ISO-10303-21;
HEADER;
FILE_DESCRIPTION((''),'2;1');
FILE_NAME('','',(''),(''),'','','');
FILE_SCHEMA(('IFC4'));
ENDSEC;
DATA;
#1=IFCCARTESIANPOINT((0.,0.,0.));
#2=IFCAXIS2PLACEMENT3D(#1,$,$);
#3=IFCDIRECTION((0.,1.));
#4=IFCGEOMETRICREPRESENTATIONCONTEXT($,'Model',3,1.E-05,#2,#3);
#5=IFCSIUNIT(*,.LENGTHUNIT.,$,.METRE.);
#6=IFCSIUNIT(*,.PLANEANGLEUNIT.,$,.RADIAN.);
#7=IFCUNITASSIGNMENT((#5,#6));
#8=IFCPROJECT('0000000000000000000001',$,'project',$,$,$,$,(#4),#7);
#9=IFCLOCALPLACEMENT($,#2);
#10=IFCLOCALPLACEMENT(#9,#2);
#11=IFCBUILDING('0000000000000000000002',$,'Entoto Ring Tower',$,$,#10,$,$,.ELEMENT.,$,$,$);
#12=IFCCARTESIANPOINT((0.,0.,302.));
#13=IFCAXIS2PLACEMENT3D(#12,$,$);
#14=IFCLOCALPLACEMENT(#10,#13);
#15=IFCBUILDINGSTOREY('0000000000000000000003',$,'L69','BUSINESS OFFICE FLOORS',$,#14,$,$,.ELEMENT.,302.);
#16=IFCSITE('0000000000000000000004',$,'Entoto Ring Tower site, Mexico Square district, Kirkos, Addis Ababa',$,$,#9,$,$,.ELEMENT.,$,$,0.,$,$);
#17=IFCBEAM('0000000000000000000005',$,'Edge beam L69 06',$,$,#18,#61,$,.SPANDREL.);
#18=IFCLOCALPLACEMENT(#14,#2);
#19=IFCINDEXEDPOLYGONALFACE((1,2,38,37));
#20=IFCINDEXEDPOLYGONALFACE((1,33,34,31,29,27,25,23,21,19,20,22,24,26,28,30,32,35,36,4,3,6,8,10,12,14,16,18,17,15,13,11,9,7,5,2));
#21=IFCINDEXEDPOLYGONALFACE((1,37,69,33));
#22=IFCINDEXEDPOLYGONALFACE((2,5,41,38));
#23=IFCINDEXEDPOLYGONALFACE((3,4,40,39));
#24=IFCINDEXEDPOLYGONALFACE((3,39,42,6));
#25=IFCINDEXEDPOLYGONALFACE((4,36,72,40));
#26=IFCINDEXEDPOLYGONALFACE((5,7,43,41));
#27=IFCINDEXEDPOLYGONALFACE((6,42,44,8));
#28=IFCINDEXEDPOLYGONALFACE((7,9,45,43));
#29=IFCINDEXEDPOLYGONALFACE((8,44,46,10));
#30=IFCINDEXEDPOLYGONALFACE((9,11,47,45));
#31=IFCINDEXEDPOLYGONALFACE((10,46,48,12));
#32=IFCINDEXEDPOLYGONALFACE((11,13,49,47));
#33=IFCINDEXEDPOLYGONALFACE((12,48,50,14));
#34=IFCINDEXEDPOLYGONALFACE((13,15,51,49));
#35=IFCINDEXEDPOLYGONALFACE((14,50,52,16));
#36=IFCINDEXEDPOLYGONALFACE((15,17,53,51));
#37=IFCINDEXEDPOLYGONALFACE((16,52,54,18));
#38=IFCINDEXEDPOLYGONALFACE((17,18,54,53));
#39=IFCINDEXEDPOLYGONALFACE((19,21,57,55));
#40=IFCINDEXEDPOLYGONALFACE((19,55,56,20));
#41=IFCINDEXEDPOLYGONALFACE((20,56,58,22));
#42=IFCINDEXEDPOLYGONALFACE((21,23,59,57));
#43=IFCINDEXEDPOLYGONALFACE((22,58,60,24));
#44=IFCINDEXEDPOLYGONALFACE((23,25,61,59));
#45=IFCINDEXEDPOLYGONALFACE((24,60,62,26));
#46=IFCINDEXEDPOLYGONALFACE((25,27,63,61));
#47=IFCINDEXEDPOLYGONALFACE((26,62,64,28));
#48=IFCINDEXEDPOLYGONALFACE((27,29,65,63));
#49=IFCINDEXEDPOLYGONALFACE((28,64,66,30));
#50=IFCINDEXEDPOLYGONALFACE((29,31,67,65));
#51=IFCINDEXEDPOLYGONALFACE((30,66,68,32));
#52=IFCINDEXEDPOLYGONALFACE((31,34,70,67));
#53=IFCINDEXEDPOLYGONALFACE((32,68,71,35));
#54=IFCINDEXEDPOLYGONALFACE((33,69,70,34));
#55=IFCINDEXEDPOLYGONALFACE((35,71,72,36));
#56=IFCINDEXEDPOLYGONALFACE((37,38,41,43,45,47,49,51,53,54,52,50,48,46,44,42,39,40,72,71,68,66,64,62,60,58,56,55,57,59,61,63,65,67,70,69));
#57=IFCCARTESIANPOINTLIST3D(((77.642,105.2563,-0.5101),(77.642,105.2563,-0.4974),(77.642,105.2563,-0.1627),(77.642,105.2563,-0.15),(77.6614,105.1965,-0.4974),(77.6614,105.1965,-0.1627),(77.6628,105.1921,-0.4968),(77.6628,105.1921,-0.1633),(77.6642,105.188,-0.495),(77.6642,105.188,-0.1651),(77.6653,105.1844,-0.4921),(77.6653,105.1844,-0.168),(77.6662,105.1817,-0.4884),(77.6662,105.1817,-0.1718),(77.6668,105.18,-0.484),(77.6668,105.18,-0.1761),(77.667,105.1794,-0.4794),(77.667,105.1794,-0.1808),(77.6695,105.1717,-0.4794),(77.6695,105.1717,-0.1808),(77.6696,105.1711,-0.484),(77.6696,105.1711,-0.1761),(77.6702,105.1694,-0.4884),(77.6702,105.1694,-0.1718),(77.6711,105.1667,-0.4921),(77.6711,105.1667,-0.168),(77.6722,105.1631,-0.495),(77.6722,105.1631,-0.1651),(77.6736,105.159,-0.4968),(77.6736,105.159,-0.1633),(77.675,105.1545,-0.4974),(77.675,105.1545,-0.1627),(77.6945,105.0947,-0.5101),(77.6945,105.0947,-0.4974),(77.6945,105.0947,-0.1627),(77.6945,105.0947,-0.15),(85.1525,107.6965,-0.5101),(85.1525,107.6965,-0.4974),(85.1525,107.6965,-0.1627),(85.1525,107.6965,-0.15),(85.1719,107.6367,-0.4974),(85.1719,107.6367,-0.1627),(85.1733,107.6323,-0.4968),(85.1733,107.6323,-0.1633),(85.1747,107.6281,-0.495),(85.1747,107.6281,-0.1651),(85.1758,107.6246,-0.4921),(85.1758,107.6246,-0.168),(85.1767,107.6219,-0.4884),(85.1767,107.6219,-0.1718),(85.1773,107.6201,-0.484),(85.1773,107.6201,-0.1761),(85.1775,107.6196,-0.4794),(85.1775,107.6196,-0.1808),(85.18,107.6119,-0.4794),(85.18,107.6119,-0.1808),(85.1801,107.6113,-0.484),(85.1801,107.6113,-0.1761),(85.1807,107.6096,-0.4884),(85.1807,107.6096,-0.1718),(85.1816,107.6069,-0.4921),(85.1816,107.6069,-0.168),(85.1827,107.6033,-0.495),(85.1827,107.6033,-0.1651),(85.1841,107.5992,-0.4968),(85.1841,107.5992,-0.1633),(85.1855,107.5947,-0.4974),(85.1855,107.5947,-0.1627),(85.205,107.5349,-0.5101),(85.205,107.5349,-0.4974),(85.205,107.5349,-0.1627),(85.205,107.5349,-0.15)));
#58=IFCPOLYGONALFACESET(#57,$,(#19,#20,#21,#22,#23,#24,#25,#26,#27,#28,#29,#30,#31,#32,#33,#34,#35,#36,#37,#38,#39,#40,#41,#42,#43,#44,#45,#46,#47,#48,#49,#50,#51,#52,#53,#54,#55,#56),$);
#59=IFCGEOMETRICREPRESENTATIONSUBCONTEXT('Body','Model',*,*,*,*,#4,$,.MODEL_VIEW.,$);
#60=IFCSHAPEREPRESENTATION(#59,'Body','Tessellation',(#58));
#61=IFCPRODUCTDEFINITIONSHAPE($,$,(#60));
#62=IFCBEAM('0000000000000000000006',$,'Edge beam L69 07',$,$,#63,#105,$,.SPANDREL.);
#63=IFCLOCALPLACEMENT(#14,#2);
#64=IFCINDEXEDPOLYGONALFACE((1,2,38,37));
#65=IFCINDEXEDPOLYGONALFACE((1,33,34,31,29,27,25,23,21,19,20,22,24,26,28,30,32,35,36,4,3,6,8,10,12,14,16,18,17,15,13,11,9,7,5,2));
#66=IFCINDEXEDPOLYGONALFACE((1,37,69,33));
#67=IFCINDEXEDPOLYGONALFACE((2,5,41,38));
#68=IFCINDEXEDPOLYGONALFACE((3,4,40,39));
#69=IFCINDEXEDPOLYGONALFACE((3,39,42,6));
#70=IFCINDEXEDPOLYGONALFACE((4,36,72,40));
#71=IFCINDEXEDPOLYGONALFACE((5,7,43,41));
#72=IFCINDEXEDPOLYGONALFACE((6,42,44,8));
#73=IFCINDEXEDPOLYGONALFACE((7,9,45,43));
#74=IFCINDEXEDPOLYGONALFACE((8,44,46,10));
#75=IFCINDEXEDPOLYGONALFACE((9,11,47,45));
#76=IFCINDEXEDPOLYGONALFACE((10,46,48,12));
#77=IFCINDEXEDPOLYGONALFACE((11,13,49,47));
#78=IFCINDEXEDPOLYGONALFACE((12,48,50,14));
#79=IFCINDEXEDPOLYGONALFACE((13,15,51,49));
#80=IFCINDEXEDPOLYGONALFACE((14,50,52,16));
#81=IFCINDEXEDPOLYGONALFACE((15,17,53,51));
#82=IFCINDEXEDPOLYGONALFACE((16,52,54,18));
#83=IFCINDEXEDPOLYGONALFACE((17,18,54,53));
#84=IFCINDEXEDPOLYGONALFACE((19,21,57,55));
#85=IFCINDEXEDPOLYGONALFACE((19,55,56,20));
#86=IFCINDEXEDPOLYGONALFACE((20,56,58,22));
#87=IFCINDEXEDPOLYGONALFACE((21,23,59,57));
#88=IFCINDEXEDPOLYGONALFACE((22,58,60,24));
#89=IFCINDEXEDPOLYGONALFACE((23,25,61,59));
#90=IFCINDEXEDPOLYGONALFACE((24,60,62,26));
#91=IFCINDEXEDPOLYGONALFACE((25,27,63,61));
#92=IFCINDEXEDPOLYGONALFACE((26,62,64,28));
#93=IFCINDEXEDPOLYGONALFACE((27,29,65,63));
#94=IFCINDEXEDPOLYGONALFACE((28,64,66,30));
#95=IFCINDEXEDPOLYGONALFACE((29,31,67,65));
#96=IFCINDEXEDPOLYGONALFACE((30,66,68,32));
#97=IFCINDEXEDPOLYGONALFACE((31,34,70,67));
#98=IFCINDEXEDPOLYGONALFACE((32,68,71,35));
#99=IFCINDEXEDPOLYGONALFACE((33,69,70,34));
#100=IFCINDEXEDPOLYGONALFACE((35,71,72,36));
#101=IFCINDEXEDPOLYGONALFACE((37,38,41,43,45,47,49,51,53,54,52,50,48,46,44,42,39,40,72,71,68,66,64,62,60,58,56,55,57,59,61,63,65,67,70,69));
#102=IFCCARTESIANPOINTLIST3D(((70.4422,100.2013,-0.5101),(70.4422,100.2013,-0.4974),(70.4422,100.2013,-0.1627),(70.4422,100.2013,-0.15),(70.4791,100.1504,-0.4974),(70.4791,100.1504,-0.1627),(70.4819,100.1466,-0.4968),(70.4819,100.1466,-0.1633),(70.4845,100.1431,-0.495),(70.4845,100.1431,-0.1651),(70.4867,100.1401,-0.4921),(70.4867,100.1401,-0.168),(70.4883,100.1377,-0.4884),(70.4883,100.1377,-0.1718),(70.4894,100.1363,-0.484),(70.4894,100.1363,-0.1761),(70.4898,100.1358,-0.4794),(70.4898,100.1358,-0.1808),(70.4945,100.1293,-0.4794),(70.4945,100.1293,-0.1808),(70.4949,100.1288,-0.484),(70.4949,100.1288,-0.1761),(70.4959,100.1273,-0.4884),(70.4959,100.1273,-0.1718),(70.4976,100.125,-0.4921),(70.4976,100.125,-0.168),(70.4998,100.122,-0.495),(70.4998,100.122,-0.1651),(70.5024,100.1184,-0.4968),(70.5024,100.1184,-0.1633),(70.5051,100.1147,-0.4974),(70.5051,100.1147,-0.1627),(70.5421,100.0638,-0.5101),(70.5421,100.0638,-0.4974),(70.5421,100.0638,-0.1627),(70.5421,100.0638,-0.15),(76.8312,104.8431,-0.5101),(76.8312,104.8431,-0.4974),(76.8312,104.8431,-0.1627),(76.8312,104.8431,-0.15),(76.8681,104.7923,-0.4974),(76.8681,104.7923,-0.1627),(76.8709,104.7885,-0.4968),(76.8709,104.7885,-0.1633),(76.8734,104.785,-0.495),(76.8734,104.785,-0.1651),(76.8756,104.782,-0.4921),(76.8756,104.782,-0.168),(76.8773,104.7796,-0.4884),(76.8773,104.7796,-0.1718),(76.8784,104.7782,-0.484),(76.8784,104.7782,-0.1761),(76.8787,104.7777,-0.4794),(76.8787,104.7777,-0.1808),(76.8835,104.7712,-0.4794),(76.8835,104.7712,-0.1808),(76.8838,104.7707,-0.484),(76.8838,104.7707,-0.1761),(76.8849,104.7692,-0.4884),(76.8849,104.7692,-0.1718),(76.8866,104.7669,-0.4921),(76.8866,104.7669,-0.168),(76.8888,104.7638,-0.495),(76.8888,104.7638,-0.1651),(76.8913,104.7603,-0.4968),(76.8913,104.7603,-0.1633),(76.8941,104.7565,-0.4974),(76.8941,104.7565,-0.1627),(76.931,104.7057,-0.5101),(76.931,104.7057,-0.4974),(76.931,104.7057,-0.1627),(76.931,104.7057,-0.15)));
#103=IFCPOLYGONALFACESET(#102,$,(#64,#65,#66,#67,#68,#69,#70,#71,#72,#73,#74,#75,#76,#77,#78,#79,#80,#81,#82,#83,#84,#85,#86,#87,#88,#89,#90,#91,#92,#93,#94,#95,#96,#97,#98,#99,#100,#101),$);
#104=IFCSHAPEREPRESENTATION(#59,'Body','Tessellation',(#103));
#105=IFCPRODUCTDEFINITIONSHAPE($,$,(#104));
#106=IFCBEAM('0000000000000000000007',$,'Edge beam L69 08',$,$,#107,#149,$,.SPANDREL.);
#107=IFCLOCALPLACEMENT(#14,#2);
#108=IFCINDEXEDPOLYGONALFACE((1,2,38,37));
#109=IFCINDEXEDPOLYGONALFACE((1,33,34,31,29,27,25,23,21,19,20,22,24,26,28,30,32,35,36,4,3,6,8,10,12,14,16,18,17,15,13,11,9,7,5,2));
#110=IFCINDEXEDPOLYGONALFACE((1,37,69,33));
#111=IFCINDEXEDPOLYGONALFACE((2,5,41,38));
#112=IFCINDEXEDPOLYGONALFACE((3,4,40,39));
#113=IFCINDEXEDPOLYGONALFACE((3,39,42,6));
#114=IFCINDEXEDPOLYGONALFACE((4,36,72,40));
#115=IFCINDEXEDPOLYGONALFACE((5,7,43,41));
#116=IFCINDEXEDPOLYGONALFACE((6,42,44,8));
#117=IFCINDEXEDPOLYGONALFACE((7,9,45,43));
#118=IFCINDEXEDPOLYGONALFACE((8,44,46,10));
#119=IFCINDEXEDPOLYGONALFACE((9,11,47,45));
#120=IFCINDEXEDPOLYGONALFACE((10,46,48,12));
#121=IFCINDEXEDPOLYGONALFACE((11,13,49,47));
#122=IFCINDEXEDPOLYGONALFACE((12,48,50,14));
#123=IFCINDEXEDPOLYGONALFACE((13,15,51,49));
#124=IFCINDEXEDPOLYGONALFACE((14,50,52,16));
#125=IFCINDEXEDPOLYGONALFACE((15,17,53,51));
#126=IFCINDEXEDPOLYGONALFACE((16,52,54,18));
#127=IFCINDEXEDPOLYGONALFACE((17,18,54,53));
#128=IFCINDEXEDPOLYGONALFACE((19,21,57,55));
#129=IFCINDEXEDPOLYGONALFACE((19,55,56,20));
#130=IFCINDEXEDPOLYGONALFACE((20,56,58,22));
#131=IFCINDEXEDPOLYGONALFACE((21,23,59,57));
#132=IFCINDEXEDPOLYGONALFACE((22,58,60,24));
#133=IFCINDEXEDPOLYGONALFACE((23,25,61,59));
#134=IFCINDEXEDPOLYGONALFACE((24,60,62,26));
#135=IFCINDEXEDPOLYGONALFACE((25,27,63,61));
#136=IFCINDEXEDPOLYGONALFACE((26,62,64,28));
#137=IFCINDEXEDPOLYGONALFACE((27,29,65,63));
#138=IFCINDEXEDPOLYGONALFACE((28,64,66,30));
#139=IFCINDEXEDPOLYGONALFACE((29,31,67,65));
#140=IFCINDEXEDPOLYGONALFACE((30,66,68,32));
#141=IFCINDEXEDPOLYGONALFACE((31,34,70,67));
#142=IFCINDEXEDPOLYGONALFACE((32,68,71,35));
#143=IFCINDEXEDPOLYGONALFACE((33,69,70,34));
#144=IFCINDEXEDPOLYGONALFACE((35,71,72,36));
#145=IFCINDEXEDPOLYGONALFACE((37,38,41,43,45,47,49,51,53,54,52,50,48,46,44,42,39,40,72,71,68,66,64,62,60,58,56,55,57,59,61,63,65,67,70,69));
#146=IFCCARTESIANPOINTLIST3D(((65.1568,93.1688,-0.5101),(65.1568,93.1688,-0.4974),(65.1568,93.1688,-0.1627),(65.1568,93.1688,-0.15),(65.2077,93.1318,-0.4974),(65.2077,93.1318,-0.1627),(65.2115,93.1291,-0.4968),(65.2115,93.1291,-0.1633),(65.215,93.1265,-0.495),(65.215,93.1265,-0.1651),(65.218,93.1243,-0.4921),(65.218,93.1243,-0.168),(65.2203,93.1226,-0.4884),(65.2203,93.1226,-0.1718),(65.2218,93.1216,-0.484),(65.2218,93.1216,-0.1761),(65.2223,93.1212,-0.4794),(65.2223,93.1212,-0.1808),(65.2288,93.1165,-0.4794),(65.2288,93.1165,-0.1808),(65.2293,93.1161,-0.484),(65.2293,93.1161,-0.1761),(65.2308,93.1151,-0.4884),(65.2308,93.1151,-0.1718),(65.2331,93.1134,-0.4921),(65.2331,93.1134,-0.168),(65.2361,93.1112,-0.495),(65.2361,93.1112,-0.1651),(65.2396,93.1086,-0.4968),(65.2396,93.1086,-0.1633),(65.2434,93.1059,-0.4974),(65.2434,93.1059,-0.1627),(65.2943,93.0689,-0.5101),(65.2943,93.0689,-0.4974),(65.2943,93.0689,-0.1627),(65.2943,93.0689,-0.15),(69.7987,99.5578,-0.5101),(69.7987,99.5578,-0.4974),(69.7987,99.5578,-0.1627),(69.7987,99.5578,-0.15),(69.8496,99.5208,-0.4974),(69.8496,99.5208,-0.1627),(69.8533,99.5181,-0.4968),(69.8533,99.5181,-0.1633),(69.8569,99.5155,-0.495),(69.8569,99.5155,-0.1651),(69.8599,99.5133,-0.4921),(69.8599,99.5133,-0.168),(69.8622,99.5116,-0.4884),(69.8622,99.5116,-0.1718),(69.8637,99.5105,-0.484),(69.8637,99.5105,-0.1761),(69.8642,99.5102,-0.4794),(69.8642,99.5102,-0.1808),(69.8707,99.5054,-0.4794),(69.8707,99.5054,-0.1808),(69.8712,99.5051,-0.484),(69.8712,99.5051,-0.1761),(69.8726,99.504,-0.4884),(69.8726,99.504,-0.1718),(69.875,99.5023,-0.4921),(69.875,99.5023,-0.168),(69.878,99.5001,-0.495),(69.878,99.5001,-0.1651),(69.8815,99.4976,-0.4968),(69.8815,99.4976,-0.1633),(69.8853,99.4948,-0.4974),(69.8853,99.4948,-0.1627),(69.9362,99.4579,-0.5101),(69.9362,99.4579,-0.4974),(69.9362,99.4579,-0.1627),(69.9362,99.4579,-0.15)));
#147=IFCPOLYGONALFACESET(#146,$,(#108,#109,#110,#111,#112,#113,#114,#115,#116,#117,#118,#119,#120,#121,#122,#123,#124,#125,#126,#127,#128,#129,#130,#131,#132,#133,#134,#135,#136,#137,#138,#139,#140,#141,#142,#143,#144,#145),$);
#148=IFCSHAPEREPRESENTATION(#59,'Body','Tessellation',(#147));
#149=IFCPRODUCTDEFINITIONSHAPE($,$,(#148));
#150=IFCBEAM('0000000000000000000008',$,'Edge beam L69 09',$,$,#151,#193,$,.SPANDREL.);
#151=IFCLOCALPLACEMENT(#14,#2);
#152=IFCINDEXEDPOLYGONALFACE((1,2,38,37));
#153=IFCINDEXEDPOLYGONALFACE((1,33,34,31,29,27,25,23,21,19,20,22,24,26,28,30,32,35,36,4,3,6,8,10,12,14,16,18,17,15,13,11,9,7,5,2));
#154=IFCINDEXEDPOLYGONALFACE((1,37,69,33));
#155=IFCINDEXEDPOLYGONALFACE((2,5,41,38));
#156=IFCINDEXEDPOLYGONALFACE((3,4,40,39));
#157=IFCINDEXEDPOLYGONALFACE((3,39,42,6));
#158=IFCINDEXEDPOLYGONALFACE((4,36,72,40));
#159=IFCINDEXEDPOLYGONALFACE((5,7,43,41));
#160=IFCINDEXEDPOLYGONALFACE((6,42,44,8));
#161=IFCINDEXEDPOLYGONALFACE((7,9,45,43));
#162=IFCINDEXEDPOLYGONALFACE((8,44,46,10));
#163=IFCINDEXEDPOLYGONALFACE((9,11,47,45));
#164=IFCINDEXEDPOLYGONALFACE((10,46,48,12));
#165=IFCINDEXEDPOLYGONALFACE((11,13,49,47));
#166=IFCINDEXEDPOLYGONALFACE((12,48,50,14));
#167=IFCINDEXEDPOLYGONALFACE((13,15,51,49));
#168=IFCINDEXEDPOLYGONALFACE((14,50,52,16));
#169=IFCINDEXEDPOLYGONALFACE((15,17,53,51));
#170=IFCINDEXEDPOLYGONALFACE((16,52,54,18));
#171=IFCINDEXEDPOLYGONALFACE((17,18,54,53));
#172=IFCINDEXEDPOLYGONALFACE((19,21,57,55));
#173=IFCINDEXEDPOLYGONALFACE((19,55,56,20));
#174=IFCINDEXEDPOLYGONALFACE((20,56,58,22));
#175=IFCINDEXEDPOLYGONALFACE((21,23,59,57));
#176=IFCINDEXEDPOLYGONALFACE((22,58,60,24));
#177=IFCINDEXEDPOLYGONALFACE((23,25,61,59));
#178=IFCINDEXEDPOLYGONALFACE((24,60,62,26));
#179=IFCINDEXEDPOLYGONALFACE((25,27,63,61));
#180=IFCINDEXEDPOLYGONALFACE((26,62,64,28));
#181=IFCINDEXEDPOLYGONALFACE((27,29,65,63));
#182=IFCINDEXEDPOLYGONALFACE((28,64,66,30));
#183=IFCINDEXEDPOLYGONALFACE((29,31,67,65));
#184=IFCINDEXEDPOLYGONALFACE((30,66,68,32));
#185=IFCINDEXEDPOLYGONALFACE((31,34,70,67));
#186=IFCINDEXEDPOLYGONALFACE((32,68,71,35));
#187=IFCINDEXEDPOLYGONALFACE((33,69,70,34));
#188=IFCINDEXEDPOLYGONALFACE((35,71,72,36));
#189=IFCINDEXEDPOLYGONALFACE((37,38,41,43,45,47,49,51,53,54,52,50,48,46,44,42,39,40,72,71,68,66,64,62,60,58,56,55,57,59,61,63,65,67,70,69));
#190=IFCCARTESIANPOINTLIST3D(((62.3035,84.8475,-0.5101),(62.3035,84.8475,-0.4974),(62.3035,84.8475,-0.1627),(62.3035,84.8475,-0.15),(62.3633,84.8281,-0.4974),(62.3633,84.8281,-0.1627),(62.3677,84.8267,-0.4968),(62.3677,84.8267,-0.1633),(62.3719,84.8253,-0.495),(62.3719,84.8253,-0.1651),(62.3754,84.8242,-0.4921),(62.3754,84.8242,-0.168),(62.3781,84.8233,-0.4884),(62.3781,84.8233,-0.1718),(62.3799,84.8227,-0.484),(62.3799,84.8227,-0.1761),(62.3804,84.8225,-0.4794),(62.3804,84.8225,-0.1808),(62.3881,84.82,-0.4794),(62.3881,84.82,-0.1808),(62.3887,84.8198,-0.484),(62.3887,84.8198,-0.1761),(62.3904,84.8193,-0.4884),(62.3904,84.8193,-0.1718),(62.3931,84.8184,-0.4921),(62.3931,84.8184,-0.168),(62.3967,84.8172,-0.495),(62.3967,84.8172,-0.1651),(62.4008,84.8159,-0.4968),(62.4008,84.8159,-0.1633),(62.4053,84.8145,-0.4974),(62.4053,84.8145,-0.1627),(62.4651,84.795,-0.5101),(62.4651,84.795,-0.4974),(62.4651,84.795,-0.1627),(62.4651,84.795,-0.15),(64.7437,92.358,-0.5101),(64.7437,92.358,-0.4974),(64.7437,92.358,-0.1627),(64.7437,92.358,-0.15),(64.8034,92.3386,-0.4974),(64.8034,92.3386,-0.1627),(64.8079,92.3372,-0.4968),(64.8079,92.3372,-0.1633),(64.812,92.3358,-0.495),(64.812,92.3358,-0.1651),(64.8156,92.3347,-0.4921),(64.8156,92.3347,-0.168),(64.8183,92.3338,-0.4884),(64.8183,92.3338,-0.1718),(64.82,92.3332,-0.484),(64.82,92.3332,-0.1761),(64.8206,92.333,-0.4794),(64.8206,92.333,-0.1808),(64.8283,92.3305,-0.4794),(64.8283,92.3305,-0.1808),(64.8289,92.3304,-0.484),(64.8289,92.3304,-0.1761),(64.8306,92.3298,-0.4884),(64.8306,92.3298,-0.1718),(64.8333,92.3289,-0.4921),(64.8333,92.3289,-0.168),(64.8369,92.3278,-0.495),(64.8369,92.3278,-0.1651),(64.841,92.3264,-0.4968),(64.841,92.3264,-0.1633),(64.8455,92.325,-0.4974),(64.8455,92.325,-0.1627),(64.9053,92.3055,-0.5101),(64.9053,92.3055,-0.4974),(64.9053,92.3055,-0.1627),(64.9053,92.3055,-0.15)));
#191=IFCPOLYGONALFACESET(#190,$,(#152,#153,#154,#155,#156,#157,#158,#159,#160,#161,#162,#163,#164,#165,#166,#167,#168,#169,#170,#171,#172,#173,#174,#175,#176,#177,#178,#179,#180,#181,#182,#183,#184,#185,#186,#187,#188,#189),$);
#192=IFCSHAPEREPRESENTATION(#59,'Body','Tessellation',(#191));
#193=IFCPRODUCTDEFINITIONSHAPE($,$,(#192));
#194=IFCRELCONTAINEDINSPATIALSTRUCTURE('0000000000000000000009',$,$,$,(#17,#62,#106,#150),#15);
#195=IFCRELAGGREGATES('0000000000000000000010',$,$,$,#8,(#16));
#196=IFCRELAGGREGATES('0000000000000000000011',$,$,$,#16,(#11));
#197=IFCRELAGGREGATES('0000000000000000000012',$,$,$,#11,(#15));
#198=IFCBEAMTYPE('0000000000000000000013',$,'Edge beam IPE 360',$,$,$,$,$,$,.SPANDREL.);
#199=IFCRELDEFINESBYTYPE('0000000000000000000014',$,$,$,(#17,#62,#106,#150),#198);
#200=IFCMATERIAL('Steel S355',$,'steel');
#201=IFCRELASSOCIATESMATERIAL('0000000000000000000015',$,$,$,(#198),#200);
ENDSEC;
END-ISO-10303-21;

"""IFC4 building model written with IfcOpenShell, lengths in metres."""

from ifc_helpers import new_model, si_unit, direction, frame, origin, origin_2d, place, context, subcontext, project, spatial, i_section, extrude, material, material_profile, profile_set, type_object, element, save


model = new_model("IFC4")

# Units and contexts
model_context = context("Model", 3, precision=1e-05, world=origin(), true_north=direction((0.0, 1.0)))
body_context = subcontext(model_context, "Body", "Model", "MODEL_VIEW")
ifc_project = project(units=[si_unit("LENGTHUNIT", "METRE"), si_unit("PLANEANGLEUNIT", "RADIAN")], contexts=[model_context])

# Site, building, storey
site_placement = place(None, origin())
site = spatial("IfcSite", under=ifc_project, at=site_placement, Name="Entoto Ring Tower site, Mexico Square district, Kirkos, Addis Ababa", CompositionType="ELEMENT", RefElevation=0.0)
building_placement = place(site_placement, origin())
building = spatial("IfcBuilding", under=site, at=building_placement, Name="Entoto Ring Tower", CompositionType="ELEMENT")
storey_placement = place(building_placement, frame((0.0, 0.0, 302.0)))
storey = spatial("IfcBuildingStorey", under=building, at=storey_placement, Name="L69", Description="BUSINESS OFFICE FLOORS", CompositionType="ELEMENT", Elevation=302.0)

# Beams
ifc_material_1 = material(Name="Steel S355", Category="steel")
ifc_material_profile_1 = material_profile(ifc_material_1, i_section(OverallWidth=0.1699, OverallDepth=0.3601, WebThickness=0.0081, FlangeThickness=0.0127, FilletRadius=0.0181, at=origin_2d()), Name="IPE 360")
ifc_profile_set_1 = profile_set([ifc_material_profile_1], Name="Steel S355")
beam_type_1 = type_object("IfcBeamType", Name="Edge beam IPE 360", PredefinedType="SPANDREL", material=ifc_profile_set_1)
beam_1_placement = place(storey_placement, frame((85.1787, 107.6157, -0.3301), z_axis=(-0.951061, -0.309003, 0.0), x_axis=(0.309003, -0.951061, 0.0)))
element("IfcBeam", 1, at=beam_1_placement, inside=storey, type_object=beam_type_1, Name="Edge beam L69 06", PredefinedType="SPANDREL", context=body_context, shape_type="SweptSolid", body=[
    extrude(i_section(OverallWidth=0.1699, OverallDepth=0.3601, WebThickness=0.0081, FlangeThickness=0.0127, FilletRadius=0.0181, at=origin_2d()), origin(), (0.0, 0.0, 1.0), 7.897),
])
for number, where, z_axis, x_axis, name in (
    (2, (76.8811, 104.7744, -0.3301), (-0.809015, -0.587787, 0.0), (0.587787, -0.809015, 0.0), "Edge beam L69 07"),
    (3, (69.8674, 99.5078, -0.3301), (-0.587787, -0.809015, 0.0), (0.809015, -0.587787, 0.0), "Edge beam L69 08"),
):
    element("IfcBeam", number, at=place(storey_placement, frame(where, z_axis=z_axis, x_axis=x_axis)), inside=storey, type_object=beam_type_1, Name=name, PredefinedType="SPANDREL", context=body_context, shape_type="SweptSolid", body=[
        extrude(i_section(OverallWidth=0.1699, OverallDepth=0.3601, WebThickness=0.0081, FlangeThickness=0.0127, FilletRadius=0.0181, at=origin_2d()), origin(), (0.0, 0.0, 1.0), 7.8972),
    ])
for number, where, z_axis, x_axis, name in (
    (4, (64.8245, 92.3318, -0.3301), (-0.309003, -0.951061, 0.0), (0.951061, -0.309003, 0.0), "Edge beam L69 09"),
):
    element("IfcBeam", number, at=place(storey_placement, frame(where, z_axis=z_axis, x_axis=x_axis)), inside=storey, type_object=beam_type_1, Name=name, PredefinedType="SPANDREL", context=body_context, shape_type="SweptSolid", body=[
        extrude(i_section(OverallWidth=0.1699, OverallDepth=0.3601, WebThickness=0.0081, FlangeThickness=0.0127, FilletRadius=0.0181, at=origin_2d()), origin(), (0.0, 0.0, 1.0), 7.897),
    ])

save(model, "model.ifc")
